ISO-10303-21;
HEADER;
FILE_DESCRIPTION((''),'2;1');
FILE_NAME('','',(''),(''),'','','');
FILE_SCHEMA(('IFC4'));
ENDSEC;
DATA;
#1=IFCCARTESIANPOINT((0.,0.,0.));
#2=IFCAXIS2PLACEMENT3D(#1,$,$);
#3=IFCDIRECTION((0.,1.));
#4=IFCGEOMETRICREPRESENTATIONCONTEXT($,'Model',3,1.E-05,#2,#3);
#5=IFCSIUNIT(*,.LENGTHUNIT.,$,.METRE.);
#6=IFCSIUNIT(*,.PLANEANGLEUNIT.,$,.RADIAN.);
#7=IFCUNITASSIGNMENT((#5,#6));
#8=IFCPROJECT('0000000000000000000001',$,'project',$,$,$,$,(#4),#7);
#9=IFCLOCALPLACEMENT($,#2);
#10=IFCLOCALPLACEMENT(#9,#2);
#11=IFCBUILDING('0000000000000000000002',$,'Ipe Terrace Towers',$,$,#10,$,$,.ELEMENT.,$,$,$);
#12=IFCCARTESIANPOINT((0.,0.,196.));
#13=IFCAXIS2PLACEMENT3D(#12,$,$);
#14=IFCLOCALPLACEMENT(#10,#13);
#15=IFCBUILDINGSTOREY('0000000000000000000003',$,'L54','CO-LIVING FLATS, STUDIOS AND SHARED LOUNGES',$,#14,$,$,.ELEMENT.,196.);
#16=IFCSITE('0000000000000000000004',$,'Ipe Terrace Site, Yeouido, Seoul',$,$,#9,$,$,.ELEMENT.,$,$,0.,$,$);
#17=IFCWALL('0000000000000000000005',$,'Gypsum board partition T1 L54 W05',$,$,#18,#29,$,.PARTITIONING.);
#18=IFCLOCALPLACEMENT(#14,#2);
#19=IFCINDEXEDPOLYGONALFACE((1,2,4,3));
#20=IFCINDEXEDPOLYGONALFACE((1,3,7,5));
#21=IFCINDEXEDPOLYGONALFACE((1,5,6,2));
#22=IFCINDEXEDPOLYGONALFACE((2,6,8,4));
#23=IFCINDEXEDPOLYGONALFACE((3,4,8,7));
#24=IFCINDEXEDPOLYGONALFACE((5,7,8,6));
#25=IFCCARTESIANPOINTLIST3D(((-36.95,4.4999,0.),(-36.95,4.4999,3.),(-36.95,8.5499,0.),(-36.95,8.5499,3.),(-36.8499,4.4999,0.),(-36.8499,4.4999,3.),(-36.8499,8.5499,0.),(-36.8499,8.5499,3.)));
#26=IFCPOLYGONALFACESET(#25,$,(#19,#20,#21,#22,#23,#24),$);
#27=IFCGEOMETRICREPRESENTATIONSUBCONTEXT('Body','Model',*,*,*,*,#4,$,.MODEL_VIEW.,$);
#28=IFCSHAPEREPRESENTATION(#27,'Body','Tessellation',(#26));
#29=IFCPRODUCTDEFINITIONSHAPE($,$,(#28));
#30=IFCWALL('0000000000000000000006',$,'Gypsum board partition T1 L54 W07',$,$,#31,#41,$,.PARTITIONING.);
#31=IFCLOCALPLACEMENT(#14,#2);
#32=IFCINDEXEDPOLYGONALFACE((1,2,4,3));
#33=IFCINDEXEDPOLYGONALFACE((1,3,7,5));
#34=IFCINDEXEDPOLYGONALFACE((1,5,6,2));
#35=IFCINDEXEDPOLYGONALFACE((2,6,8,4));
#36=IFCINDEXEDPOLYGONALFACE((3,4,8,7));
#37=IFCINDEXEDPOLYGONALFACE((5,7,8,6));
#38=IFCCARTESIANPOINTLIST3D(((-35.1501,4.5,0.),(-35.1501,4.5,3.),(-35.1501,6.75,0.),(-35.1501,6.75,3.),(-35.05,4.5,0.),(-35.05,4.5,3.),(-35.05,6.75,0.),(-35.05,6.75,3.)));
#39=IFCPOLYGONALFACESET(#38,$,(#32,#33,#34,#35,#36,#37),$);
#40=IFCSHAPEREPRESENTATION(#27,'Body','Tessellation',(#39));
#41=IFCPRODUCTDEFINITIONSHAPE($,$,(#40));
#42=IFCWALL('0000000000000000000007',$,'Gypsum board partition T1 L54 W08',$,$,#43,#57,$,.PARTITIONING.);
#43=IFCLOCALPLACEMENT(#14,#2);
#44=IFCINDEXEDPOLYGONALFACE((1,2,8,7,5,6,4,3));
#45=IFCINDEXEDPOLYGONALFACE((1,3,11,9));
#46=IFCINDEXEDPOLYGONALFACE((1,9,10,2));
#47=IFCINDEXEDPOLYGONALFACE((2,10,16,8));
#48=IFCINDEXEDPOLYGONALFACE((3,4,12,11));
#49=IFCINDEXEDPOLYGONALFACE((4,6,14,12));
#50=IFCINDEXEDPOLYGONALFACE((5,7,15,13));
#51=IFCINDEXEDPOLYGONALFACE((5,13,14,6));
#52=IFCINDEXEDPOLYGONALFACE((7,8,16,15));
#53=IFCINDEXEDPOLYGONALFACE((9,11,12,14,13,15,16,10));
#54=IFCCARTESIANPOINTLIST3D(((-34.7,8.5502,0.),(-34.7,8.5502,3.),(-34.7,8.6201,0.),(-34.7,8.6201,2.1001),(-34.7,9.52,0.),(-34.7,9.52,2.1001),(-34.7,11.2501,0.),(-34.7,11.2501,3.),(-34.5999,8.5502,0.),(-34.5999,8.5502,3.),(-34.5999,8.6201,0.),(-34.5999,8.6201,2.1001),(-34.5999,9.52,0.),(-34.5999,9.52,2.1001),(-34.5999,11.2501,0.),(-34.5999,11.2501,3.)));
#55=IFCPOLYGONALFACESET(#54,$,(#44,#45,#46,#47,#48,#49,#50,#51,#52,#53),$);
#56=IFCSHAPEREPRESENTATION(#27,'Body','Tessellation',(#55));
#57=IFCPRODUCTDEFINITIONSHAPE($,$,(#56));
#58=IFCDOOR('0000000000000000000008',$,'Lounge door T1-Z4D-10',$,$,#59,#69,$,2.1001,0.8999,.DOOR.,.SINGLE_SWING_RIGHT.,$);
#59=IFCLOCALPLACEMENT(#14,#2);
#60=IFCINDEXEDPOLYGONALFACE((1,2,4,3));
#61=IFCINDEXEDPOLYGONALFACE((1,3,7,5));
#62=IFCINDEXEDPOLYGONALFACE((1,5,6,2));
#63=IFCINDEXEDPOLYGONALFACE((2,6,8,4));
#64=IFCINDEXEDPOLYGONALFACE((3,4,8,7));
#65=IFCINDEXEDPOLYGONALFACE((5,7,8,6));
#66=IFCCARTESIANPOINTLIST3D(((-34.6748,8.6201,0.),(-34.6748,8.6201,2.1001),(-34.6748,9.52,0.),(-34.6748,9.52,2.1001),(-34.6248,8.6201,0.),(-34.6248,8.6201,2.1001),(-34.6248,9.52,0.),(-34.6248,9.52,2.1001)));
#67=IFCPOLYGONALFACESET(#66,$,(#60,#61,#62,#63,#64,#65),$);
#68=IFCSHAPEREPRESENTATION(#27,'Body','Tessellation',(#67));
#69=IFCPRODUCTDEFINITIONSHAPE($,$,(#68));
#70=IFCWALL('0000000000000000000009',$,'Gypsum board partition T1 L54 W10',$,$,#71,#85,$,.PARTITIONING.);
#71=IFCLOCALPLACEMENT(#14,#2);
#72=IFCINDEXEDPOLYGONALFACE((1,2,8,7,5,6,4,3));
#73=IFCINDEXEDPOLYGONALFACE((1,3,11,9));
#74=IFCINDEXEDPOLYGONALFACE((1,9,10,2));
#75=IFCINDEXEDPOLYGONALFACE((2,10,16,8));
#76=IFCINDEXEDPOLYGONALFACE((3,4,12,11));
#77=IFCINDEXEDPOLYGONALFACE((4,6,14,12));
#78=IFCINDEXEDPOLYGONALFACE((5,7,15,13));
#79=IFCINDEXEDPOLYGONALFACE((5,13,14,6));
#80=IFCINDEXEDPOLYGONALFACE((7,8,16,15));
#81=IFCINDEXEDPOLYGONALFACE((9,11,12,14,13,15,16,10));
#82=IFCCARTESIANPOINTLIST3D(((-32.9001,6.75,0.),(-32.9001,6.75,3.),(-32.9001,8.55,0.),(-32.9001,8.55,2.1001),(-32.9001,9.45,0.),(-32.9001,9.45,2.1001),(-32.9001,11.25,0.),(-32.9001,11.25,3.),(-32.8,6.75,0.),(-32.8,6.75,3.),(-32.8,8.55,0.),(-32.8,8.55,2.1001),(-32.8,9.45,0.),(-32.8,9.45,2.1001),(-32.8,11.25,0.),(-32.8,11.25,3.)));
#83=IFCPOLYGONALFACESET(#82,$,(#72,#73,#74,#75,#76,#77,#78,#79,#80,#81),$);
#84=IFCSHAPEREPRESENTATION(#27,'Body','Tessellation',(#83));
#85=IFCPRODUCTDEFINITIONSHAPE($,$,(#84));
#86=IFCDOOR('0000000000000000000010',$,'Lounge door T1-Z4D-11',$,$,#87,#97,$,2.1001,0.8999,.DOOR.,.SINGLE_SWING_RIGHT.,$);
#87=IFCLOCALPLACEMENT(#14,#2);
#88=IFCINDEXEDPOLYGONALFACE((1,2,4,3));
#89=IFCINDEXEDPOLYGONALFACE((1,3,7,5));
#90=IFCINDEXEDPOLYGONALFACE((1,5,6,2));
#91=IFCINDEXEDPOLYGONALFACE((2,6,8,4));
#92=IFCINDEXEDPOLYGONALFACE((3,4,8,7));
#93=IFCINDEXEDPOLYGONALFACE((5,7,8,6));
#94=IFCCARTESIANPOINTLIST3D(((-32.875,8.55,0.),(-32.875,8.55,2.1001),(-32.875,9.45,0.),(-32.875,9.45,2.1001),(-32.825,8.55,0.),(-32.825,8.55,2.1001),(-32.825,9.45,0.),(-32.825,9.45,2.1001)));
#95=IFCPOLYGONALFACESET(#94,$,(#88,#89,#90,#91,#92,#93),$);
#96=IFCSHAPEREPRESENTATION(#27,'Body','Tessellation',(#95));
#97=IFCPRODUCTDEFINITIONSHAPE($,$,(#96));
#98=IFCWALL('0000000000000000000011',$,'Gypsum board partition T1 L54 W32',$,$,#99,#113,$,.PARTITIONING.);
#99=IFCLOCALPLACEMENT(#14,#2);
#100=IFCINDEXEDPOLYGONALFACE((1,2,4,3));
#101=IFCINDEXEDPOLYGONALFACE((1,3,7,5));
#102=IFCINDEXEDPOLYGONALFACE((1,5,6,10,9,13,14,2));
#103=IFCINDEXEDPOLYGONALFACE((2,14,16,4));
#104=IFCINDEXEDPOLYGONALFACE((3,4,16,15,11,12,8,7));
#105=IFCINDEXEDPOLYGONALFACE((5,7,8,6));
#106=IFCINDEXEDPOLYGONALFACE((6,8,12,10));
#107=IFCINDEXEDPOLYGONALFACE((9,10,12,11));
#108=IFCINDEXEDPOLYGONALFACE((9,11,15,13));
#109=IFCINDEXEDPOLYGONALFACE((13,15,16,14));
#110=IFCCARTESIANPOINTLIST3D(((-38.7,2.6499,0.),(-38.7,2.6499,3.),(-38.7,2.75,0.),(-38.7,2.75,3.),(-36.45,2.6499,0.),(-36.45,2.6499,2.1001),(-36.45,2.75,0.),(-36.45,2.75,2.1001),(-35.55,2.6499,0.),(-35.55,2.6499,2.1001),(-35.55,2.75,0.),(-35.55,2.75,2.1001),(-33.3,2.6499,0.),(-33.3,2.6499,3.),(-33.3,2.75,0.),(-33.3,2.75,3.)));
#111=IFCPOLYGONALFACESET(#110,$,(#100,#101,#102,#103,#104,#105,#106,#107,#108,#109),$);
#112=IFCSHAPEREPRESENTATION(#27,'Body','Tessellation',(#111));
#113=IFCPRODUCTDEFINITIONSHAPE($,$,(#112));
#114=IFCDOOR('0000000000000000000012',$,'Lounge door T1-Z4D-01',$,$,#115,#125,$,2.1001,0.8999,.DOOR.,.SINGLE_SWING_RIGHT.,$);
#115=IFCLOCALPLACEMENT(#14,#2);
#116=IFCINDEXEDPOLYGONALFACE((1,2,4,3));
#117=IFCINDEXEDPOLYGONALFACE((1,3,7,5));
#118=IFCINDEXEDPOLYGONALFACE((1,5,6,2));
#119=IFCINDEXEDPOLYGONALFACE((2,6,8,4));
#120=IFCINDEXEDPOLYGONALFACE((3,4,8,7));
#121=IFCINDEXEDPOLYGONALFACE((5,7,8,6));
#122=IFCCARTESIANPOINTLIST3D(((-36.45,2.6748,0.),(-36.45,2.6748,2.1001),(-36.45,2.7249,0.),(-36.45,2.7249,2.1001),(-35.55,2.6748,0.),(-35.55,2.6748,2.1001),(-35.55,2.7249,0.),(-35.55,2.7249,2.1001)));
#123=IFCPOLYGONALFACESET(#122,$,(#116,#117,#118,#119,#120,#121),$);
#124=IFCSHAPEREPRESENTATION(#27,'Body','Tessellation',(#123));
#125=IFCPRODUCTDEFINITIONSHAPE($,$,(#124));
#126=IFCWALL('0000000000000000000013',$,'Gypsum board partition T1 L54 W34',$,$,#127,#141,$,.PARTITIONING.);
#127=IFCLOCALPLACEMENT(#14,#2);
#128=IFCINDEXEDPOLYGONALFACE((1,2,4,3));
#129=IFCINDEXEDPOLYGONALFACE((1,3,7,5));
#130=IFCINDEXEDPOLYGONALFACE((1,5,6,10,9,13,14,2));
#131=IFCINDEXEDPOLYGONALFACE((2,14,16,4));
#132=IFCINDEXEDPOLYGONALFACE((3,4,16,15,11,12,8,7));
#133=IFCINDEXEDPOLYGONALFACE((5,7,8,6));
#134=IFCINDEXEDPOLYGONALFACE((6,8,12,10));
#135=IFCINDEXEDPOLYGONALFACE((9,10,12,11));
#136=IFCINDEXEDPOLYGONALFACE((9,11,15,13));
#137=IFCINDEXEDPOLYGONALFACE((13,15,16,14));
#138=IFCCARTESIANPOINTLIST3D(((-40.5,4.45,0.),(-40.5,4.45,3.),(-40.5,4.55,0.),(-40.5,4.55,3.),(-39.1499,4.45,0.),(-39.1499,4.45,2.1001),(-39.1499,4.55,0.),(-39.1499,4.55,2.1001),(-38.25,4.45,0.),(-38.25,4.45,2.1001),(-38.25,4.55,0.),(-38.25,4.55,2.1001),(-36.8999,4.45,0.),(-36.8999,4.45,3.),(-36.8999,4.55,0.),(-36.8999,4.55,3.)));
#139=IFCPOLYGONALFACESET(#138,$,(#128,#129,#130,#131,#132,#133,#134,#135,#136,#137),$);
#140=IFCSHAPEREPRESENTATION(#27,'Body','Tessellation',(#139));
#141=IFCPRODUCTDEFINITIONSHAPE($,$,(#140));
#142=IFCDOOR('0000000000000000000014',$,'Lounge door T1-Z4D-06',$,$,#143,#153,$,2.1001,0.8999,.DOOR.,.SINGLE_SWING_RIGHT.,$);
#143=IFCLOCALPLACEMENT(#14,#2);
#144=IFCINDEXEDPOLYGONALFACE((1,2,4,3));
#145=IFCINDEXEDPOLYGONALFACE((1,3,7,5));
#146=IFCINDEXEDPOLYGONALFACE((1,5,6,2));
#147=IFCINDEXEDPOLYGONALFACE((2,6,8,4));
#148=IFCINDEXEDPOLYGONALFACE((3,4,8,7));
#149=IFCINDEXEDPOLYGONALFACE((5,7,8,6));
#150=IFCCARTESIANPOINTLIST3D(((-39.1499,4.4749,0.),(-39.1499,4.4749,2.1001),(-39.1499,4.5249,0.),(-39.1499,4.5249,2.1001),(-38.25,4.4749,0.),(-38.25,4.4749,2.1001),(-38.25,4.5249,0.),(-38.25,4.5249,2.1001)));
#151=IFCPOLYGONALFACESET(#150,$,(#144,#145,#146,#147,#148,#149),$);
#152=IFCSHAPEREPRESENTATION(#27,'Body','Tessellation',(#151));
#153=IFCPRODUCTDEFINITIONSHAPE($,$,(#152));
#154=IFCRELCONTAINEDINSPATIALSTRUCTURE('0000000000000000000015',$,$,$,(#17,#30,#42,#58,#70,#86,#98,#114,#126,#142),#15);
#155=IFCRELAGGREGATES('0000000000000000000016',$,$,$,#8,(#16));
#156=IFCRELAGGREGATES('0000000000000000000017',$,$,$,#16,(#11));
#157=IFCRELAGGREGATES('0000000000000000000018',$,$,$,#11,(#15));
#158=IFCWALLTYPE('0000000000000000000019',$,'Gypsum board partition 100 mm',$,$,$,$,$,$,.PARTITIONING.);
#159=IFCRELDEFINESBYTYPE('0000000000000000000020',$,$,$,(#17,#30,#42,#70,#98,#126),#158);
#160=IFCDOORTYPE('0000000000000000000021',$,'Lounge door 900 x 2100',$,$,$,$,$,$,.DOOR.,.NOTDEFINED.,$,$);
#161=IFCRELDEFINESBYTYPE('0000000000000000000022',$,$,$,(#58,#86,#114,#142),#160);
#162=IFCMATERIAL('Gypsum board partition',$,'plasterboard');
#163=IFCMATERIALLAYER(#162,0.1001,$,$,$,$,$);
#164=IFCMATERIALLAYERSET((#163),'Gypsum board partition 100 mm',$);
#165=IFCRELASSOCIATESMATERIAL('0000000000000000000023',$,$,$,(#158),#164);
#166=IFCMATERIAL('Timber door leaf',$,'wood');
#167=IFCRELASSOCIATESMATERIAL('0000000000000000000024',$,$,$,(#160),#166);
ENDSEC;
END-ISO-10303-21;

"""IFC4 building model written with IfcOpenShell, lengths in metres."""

from ifc_helpers import new_model, si_unit, direction, frame, frame_2d, origin, place, context, subcontext, project, spatial, rectangle, extrude, material, layer, layer_set, type_object, element, fill, save


model = new_model("IFC4")

# Units and contexts
model_context = context("Model", 3, precision=1e-05, world=origin(), true_north=direction((0.0, 1.0)))
body_context = subcontext(model_context, "Body", "Model", "MODEL_VIEW")
ifc_project = project(units=[si_unit("LENGTHUNIT", "METRE"), si_unit("PLANEANGLEUNIT", "RADIAN")], contexts=[model_context])

# Site, building, storey
site_placement = place(None, origin())
site = spatial("IfcSite", under=ifc_project, at=site_placement, Name="Ipe Terrace Site, Yeouido, Seoul", CompositionType="ELEMENT", RefElevation=0.0)
building_placement = place(site_placement, origin())
building = spatial("IfcBuilding", under=site, at=building_placement, Name="Ipe Terrace Towers", CompositionType="ELEMENT")
storey_placement = place(building_placement, frame((0.0, 0.0, 196.0)))
storey = spatial("IfcBuildingStorey", under=building, at=storey_placement, Name="L54", Description="CO-LIVING FLATS, STUDIOS AND SHARED LOUNGES", CompositionType="ELEMENT", Elevation=196.0)

# Shared definitions
ifc_material_1 = material(Name="Gypsum board partition", Category="plasterboard")
ifc_layer_1 = layer(ifc_material_1, 0.1001)
ifc_layer_set_1 = layer_set([ifc_layer_1], Name="Gypsum board partition 100 mm")
wall_type_1 = type_object("IfcWallType", Name="Gypsum board partition 100 mm", PredefinedType="PARTITIONING", material=ifc_layer_set_1)
ifc_material_2 = material(Name="Timber door leaf", Category="wood")
door_type = type_object("IfcDoorType", Name="Lounge door 900 x 2100", OperationType="NOTDEFINED", PredefinedType="DOOR", material=ifc_material_2)

# Walls
wall_1_placement = place(storey_placement, frame((-36.8999, 4.5, 0.0), z_axis=(0.0, 0.0, 1.0), x_axis=(0.0, 1.0, 0.0)))
element("IfcWall", 1, at=wall_1_placement, inside=storey, type_object=wall_type_1, Name="Gypsum board partition T1 L54 W05", PredefinedType="PARTITIONING", context=body_context, shape_type="SweptSolid", body=[
    extrude(rectangle(XDim=4.05, YDim=0.1001, at=frame_2d((2.0249, 0.0))), origin(), (0.0, 0.0, 1.0), 3.0),
])
wall_2_placement = place(storey_placement, frame((-35.1001, 4.5, 0.0), z_axis=(0.0, 0.0, 1.0), x_axis=(0.0, 1.0, 0.0)))
element("IfcWall", 2, at=wall_2_placement, inside=storey, type_object=wall_type_1, Name="Gypsum board partition T1 L54 W07", PredefinedType="PARTITIONING", context=body_context, shape_type="SweptSolid", body=[
    extrude(rectangle(XDim=2.25, YDim=0.1001, at=frame_2d((1.125, 0.0))), origin(), (0.0, 0.0, 1.0), 3.0),
])

# Walls, openings, doors
wall_3_placement = place(storey_placement, frame((-34.6499, 8.55, 0.0), z_axis=(0.0, 0.0, 1.0), x_axis=(0.0, 1.0, 0.0)))
wall_3 = element("IfcWall", 3, at=wall_3_placement, inside=storey, type_object=wall_type_1, Name="Gypsum board partition T1 L54 W08", PredefinedType="PARTITIONING", context=body_context, shape_type="SweptSolid", body=[
    extrude(rectangle(XDim=2.7, YDim=0.1001, at=frame_2d((1.3501, 0.0))), origin(), (0.0, 0.0, 1.0), 3.0),
])
opening_1_placement = place(wall_3_placement, frame((0.0701, 0.0, 0.0)))
opening_1 = element("IfcOpeningElement", 4, at=opening_1_placement, cuts=wall_3, PredefinedType="OPENING", context=body_context, shape_type="SweptSolid", body=[
    extrude(rectangle(XDim=0.8999, YDim=2.1001, at=frame_2d((0.45, 1.05))), frame((0.0, 0.0601, 0.0), z_axis=(0.0, -1.0, 0.0), x_axis=(1.0, 0.0, 0.0)), (0.0, 0.0, 1.0), 0.1201),
])
door_1_placement = place(opening_1_placement, origin())
door_1 = element("IfcDoor", 5, at=door_1_placement, inside=storey, type_object=door_type, Name="Lounge door T1-Z4D-10", OperationType="SINGLE_SWING_RIGHT", OverallHeight=2.1001, OverallWidth=0.8999, PredefinedType="DOOR", context=body_context, shape_type="SweptSolid", body=[
    extrude(rectangle(XDim=0.8999, YDim=2.1001, at=frame_2d((0.45, 1.05))), frame((0.0, 0.0249, 0.0), z_axis=(0.0, -1.0, 0.0), x_axis=(1.0, 0.0, 0.0)), (0.0, 0.0, 1.0), 0.05),
])
fill(opening_1, door_1)
wall_4_placement = place(storey_placement, frame((-32.8501, 6.75, 0.0), z_axis=(0.0, 0.0, 1.0), x_axis=(0.0, 1.0, 0.0)))
wall_4 = element("IfcWall", 6, at=wall_4_placement, inside=storey, type_object=wall_type_1, Name="Gypsum board partition T1 L54 W10", PredefinedType="PARTITIONING", context=body_context, shape_type="SweptSolid", body=[
    extrude(rectangle(XDim=4.5, YDim=0.1001, at=frame_2d((2.25, 0.0))), origin(), (0.0, 0.0, 1.0), 3.0),
])
opening_2_placement = place(wall_4_placement, frame((1.8, 0.0, 0.0)))
opening_2 = element("IfcOpeningElement", 7, at=opening_2_placement, cuts=wall_4, PredefinedType="OPENING", context=body_context, shape_type="SweptSolid", body=[
    extrude(rectangle(XDim=0.8999, YDim=2.1001, at=frame_2d((0.45, 1.05))), frame((0.0, 0.0601, 0.0), z_axis=(0.0, -1.0, 0.0), x_axis=(1.0, 0.0, 0.0)), (0.0, 0.0, 1.0), 0.1201),
])
door_2_placement = place(opening_2_placement, origin())
door_2 = element("IfcDoor", 8, at=door_2_placement, inside=storey, type_object=door_type, Name="Lounge door T1-Z4D-11", OperationType="SINGLE_SWING_RIGHT", OverallHeight=2.1001, OverallWidth=0.8999, PredefinedType="DOOR", context=body_context, shape_type="SweptSolid", body=[
    extrude(rectangle(XDim=0.8999, YDim=2.1001, at=frame_2d((0.45, 1.05))), frame((0.0, 0.0249, 0.0), z_axis=(0.0, -1.0, 0.0), x_axis=(1.0, 0.0, 0.0)), (0.0, 0.0, 1.0), 0.05),
])
fill(opening_2, door_2)
wall_5_placement = place(storey_placement, frame((-38.7, 2.7, 0.0), z_axis=(0.0, 0.0, 1.0), x_axis=(1.0, 0.0, 0.0)))
wall_5 = element("IfcWall", 9, at=wall_5_placement, inside=storey, type_object=wall_type_1, Name="Gypsum board partition T1 L54 W32", PredefinedType="PARTITIONING", context=body_context, shape_type="SweptSolid", body=[
    extrude(rectangle(XDim=5.3999, YDim=0.1001, at=frame_2d((2.7, 0.0))), origin(), (0.0, 0.0, 1.0), 3.0),
])
opening_3_placement = place(wall_5_placement, frame((2.25, 0.0, 0.0)))
opening_3 = element("IfcOpeningElement", 10, at=opening_3_placement, cuts=wall_5, PredefinedType="OPENING", context=body_context, shape_type="SweptSolid", body=[
    extrude(rectangle(XDim=0.8999, YDim=2.1001, at=frame_2d((0.45, 1.05))), frame((0.0, 0.0601, 0.0), z_axis=(0.0, -1.0, 0.0), x_axis=(1.0, 0.0, 0.0)), (0.0, 0.0, 1.0), 0.1201),
])
door_3_placement = place(opening_3_placement, origin())
door_3 = element("IfcDoor", 11, at=door_3_placement, inside=storey, type_object=door_type, Name="Lounge door T1-Z4D-01", OperationType="SINGLE_SWING_RIGHT", OverallHeight=2.1001, OverallWidth=0.8999, PredefinedType="DOOR", context=body_context, shape_type="SweptSolid", body=[
    extrude(rectangle(XDim=0.8999, YDim=2.1001, at=frame_2d((0.45, 1.05))), frame((0.0, 0.0249, 0.0), z_axis=(0.0, -1.0, 0.0), x_axis=(1.0, 0.0, 0.0)), (0.0, 0.0, 1.0), 0.05),
])
fill(opening_3, door_3)
wall_6_placement = place(storey_placement, frame((-40.5, 4.5, 0.0), z_axis=(0.0, 0.0, 1.0), x_axis=(1.0, 0.0, 0.0)))
wall_6 = element("IfcWall", 12, at=wall_6_placement, inside=storey, type_object=wall_type_1, Name="Gypsum board partition T1 L54 W34", PredefinedType="PARTITIONING", context=body_context, shape_type="SweptSolid", body=[
    extrude(rectangle(XDim=3.6001, YDim=0.1001, at=frame_2d((1.8, 0.0))), origin(), (0.0, 0.0, 1.0), 3.0),
])
opening_4_placement = place(wall_6_placement, frame((1.3501, 0.0, 0.0)))
opening_4 = element("IfcOpeningElement", 13, at=opening_4_placement, cuts=wall_6, PredefinedType="OPENING", context=body_context, shape_type="SweptSolid", body=[
    extrude(rectangle(XDim=0.8999, YDim=2.1001, at=frame_2d((0.45, 1.05))), frame((0.0, 0.0601, 0.0), z_axis=(0.0, -1.0, 0.0), x_axis=(1.0, 0.0, 0.0)), (0.0, 0.0, 1.0), 0.1201),
])
door_4_placement = place(opening_4_placement, origin())
door_4 = element("IfcDoor", 14, at=door_4_placement, inside=storey, type_object=door_type, Name="Lounge door T1-Z4D-06", OperationType="SINGLE_SWING_RIGHT", OverallHeight=2.1001, OverallWidth=0.8999, PredefinedType="DOOR", context=body_context, shape_type="SweptSolid", body=[
    extrude(rectangle(XDim=0.8999, YDim=2.1001, at=frame_2d((0.45, 1.05))), frame((0.0, 0.0249, 0.0), z_axis=(0.0, -1.0, 0.0), x_axis=(1.0, 0.0, 0.0)), (0.0, 0.0, 1.0), 0.05),
])
fill(opening_4, door_4)

save(model, "model.ifc")
